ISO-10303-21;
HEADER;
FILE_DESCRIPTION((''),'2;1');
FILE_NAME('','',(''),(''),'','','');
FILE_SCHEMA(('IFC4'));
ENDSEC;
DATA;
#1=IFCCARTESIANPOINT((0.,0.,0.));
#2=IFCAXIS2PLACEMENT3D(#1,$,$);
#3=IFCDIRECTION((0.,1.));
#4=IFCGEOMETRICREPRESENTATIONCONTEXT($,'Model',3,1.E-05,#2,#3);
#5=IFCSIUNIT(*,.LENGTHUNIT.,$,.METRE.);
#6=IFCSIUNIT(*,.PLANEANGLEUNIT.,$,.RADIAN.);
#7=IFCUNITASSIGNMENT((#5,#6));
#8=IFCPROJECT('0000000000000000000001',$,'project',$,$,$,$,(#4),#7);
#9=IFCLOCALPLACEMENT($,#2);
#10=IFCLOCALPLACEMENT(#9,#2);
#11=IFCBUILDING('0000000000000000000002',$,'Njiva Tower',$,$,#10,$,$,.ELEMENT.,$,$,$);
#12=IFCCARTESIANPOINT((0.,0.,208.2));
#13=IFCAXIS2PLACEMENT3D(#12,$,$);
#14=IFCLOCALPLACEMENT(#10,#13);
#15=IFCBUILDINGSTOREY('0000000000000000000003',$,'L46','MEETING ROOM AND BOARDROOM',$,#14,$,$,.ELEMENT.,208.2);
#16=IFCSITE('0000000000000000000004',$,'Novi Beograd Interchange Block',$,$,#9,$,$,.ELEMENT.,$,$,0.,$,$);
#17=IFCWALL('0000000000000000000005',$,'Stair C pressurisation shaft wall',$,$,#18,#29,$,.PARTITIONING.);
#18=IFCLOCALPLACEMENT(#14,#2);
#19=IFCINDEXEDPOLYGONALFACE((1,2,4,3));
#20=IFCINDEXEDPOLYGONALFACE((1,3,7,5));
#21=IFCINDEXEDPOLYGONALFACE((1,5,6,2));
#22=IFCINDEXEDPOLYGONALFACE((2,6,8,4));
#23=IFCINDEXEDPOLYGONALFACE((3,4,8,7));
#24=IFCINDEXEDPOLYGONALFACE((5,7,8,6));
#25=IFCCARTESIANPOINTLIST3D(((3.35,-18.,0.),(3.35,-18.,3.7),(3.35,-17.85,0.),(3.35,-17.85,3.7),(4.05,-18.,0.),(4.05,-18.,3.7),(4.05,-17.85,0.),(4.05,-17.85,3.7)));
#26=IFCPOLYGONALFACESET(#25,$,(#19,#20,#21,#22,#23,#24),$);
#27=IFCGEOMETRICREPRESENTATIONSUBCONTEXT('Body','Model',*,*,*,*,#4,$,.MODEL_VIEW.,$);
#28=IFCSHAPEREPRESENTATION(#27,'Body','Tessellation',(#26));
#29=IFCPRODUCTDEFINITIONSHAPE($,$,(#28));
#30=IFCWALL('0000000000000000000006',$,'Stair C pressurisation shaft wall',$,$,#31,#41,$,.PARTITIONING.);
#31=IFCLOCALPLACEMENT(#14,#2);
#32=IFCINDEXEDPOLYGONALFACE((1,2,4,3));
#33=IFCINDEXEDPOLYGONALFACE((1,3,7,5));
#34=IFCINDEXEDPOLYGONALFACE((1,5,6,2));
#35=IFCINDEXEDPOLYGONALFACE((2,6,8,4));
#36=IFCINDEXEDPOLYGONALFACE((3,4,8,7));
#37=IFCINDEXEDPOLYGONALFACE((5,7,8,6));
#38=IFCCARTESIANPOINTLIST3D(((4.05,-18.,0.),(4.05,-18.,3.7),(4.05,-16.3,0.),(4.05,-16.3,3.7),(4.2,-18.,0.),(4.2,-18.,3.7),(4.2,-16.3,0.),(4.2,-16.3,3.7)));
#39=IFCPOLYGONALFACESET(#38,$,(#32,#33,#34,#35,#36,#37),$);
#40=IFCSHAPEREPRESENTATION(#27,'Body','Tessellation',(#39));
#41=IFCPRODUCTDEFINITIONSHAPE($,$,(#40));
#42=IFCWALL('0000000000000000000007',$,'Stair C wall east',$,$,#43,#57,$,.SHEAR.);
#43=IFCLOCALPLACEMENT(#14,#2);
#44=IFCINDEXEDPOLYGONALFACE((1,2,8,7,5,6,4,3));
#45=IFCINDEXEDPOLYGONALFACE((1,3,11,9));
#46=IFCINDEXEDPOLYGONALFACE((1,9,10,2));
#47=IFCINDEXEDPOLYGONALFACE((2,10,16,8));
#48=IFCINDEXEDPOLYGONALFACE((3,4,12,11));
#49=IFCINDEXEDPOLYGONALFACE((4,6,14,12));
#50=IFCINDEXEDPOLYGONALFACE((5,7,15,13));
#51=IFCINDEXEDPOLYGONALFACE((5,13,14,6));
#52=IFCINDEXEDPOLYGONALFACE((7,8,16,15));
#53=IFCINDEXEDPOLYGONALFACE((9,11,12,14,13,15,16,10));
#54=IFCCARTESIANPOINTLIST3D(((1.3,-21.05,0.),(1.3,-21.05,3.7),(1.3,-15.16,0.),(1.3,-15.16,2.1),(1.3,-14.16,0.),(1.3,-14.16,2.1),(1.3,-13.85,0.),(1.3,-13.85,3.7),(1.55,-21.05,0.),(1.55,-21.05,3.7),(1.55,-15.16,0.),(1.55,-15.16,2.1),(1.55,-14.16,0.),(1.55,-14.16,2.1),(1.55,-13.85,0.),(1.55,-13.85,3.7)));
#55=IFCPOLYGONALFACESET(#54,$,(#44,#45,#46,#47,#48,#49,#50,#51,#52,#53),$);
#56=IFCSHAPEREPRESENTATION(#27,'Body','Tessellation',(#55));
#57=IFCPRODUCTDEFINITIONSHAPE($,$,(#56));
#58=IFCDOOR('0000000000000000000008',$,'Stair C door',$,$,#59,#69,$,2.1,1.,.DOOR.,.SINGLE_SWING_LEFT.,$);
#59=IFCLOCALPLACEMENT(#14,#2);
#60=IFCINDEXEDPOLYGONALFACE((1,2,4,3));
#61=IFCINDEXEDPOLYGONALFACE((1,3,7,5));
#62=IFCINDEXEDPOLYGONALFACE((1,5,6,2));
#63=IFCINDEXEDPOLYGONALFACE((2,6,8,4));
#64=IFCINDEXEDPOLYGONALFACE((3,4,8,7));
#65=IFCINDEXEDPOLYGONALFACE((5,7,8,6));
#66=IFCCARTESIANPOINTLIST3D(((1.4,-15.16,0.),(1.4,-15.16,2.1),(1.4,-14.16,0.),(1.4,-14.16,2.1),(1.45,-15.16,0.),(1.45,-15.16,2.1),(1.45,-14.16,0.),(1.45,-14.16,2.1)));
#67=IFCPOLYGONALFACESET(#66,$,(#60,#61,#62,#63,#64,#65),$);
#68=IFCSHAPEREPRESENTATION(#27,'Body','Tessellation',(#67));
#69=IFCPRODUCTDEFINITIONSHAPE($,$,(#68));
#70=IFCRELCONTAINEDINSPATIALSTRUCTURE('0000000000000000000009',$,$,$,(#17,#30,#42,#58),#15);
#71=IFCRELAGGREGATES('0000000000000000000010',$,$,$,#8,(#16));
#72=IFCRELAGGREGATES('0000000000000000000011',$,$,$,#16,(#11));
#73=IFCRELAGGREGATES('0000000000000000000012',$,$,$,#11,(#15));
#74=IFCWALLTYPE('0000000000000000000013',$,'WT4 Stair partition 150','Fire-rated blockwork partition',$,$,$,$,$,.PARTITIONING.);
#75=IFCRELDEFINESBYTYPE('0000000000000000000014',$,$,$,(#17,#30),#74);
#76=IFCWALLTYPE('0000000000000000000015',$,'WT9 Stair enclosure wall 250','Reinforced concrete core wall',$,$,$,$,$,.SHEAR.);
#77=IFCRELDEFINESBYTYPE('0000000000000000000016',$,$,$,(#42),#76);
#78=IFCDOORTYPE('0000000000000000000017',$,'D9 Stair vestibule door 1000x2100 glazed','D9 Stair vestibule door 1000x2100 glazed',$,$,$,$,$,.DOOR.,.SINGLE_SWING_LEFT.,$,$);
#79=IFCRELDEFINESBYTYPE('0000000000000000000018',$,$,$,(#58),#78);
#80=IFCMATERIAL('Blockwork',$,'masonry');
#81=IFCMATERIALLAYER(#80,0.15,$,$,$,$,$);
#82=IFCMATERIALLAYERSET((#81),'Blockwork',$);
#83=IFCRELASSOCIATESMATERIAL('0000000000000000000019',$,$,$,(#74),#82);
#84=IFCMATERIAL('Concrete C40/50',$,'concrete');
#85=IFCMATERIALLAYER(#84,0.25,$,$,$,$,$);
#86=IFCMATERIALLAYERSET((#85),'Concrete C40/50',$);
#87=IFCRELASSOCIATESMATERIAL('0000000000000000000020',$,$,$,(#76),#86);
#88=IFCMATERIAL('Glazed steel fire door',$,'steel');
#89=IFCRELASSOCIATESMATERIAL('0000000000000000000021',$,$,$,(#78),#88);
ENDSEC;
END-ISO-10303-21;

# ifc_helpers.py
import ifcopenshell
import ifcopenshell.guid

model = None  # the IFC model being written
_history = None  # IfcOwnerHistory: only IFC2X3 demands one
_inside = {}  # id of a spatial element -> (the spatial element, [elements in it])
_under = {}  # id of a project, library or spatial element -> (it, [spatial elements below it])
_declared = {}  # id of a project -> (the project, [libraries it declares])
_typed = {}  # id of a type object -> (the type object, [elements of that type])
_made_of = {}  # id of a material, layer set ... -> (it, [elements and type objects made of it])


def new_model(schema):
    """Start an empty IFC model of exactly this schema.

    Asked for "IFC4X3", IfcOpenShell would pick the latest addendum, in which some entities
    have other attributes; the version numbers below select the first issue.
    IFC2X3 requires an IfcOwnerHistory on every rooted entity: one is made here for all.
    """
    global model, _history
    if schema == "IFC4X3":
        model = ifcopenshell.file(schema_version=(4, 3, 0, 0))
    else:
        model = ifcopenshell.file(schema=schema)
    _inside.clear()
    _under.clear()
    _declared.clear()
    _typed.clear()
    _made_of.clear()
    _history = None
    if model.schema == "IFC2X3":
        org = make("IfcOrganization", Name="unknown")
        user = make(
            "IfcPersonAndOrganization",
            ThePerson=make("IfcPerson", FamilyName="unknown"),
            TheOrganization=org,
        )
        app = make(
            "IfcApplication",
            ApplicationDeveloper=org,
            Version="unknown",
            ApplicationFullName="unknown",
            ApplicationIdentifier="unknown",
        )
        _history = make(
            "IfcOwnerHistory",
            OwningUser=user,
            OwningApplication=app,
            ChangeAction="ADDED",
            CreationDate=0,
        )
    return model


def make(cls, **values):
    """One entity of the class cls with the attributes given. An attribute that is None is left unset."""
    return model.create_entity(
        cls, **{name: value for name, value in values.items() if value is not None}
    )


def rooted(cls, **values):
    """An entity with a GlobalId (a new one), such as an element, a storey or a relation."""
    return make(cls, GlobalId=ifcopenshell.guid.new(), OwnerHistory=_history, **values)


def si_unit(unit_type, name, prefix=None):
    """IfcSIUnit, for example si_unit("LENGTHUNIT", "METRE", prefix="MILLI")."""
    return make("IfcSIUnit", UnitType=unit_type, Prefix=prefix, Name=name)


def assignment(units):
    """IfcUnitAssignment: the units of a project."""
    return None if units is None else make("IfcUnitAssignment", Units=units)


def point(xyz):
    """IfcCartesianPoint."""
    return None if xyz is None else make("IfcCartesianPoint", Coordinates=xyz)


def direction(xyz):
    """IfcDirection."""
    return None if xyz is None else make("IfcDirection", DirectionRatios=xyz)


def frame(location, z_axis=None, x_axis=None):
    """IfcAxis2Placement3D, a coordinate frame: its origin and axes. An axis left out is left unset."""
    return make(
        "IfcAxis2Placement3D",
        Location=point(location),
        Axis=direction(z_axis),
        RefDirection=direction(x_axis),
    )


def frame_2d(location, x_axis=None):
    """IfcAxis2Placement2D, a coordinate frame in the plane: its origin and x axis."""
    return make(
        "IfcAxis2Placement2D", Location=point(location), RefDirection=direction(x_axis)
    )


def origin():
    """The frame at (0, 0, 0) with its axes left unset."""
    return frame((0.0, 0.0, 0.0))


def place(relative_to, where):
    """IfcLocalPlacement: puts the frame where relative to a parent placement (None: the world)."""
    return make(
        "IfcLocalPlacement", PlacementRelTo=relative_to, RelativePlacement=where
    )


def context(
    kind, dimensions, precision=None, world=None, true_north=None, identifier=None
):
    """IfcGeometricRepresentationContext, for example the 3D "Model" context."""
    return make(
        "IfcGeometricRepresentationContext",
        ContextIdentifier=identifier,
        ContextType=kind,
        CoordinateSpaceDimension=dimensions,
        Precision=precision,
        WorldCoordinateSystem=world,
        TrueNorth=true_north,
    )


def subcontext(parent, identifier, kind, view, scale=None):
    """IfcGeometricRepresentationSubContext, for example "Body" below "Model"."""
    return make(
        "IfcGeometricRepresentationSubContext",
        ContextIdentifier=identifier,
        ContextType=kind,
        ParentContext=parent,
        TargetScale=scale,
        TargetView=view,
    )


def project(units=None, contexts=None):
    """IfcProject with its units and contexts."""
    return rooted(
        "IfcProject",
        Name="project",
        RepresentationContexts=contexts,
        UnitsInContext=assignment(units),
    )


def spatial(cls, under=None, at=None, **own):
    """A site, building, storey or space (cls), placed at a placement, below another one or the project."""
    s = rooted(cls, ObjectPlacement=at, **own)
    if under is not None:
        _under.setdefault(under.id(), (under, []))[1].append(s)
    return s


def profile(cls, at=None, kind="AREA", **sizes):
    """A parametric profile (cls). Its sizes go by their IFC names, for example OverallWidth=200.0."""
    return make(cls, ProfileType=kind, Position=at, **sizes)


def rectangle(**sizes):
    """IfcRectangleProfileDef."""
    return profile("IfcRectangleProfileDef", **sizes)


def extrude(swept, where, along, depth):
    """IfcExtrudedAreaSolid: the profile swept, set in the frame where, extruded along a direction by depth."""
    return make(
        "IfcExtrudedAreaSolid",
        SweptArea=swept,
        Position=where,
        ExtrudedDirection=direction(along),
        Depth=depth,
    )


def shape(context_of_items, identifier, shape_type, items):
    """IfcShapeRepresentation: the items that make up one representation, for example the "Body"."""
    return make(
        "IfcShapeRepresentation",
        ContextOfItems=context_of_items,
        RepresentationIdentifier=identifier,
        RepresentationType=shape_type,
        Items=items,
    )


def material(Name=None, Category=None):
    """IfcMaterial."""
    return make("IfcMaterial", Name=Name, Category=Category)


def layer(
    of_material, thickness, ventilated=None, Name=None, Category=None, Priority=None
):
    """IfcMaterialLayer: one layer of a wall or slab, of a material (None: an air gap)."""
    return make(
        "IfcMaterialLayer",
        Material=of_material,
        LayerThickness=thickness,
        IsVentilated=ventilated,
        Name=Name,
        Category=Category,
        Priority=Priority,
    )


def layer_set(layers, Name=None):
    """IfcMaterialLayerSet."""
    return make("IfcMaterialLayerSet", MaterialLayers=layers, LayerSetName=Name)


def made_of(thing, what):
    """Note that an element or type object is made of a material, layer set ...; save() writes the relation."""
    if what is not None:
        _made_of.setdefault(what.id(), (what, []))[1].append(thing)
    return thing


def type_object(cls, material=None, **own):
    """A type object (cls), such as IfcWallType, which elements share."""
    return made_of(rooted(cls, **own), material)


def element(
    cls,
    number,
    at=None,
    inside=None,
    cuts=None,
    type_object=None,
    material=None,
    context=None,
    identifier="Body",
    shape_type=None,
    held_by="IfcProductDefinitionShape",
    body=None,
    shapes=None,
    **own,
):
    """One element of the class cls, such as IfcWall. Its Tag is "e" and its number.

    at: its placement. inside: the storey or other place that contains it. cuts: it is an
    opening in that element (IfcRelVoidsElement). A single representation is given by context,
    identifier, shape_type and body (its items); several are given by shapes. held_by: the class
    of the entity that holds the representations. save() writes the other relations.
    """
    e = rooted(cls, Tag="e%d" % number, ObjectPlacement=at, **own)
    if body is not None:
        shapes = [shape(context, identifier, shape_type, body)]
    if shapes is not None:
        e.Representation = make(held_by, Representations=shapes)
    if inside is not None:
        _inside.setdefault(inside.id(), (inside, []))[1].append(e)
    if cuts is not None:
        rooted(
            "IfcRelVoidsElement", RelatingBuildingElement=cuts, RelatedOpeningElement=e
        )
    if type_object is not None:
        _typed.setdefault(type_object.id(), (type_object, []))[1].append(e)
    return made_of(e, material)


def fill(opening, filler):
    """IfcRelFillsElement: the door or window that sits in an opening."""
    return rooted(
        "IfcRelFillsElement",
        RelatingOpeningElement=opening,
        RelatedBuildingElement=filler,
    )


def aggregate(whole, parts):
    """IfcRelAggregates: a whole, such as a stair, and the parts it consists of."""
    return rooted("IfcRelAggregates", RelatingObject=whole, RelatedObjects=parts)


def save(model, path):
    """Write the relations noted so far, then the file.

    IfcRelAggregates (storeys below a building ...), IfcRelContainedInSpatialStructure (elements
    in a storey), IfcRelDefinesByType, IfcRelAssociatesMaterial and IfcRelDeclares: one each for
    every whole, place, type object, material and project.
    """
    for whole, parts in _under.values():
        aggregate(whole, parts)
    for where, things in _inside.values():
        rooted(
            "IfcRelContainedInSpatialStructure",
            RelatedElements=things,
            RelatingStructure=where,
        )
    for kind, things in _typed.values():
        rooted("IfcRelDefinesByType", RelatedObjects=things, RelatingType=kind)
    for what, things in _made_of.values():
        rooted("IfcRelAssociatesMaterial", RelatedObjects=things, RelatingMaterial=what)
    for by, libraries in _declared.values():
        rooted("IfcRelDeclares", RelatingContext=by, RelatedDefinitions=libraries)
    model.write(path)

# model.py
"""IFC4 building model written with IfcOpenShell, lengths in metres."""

from ifc_helpers import new_model, si_unit, direction, frame, frame_2d, origin, place, context, subcontext, project, spatial, rectangle, extrude, material, layer, layer_set, type_object, element, fill, save


model = new_model("IFC4")

# Units and contexts
model_context = context("Model", 3, precision=1e-05, world=origin(), true_north=direction((0.0, 1.0)))
body_context = subcontext(model_context, "Body", "Model", "MODEL_VIEW")
ifc_project = project(units=[si_unit("LENGTHUNIT", "METRE"), si_unit("PLANEANGLEUNIT", "RADIAN")], contexts=[model_context])

# Site, building, storey
site_placement = place(None, origin())
site = spatial("IfcSite", under=ifc_project, at=site_placement, Name="Novi Beograd Interchange Block", CompositionType="ELEMENT", RefElevation=0.0)
building_placement = place(site_placement, origin())
building = spatial("IfcBuilding", under=site, at=building_placement, Name="Njiva Tower", CompositionType="ELEMENT")
storey_placement = place(building_placement, frame((0.0, 0.0, 208.2)))
storey = spatial("IfcBuildingStorey", under=building, at=storey_placement, Name="L46", Description="MEETING ROOM AND BOARDROOM", CompositionType="ELEMENT", Elevation=208.2)

# Walls
ifc_material_1 = material(Name="Blockwork", Category="masonry")
ifc_layer_1 = layer(ifc_material_1, 0.15)
ifc_layer_set_1 = layer_set([ifc_layer_1], Name="Blockwork")
wall_type_1 = type_object("IfcWallType", Name="WT4 Stair partition 150", Description="Fire-rated blockwork partition", PredefinedType="PARTITIONING", material=ifc_layer_set_1)
wall_1_placement = place(storey_placement, frame((3.35, -17.925, 0.0), z_axis=(0.0, 0.0, 1.0), x_axis=(1.0, 0.0, 0.0)))
element("IfcWall", 1, at=wall_1_placement, inside=storey, type_object=wall_type_1, Name="Stair C pressurisation shaft wall", PredefinedType="PARTITIONING", context=body_context, shape_type="SweptSolid", body=[
    extrude(rectangle(XDim=0.7, YDim=0.15, at=frame_2d((0.35, 0.0))), origin(), (0.0, 0.0, 1.0), 3.7),
])
wall_2_placement = place(storey_placement, frame((4.125, -18.0, 0.0), z_axis=(0.0, 0.0, 1.0), x_axis=(0.0, 1.0, 0.0)))
element("IfcWall", 2, at=wall_2_placement, inside=storey, type_object=wall_type_1, Name="Stair C pressurisation shaft wall", PredefinedType="PARTITIONING", context=body_context, shape_type="SweptSolid", body=[
    extrude(rectangle(XDim=1.7, YDim=0.15, at=frame_2d((0.85, 0.0))), origin(), (0.0, 0.0, 1.0), 3.7),
])

# Wall, opening, door
ifc_material_2 = material(Name="Concrete C40/50", Category="concrete")
ifc_layer_2 = layer(ifc_material_2, 0.25)
ifc_layer_set_2 = layer_set([ifc_layer_2], Name="Concrete C40/50")
wall_type_2 = type_object("IfcWallType", Name="WT9 Stair enclosure wall 250", Description="Reinforced concrete core wall", PredefinedType="SHEAR", material=ifc_layer_set_2)
wall_3_placement = place(storey_placement, frame((1.425, -21.05, 0.0), z_axis=(0.0, 0.0, 1.0), x_axis=(0.0, 1.0, 0.0)))
wall_3 = element("IfcWall", 3, at=wall_3_placement, inside=storey, type_object=wall_type_2, Name="Stair C wall east", PredefinedType="SHEAR", context=body_context, shape_type="SweptSolid", body=[
    extrude(rectangle(XDim=7.2, YDim=0.25, at=frame_2d((3.6, 0.0))), origin(), (0.0, 0.0, 1.0), 3.7),
])
opening_1_placement = place(wall_3_placement, frame((5.89, 0.0, 0.0)))
opening_1 = element("IfcOpeningElement", 4, at=opening_1_placement, cuts=wall_3, PredefinedType="OPENING", context=body_context, shape_type="SweptSolid", body=[
    extrude(rectangle(XDim=1.0, YDim=2.1, at=frame_2d((0.5, 1.05))), frame((0.0, 0.135, 0.0), z_axis=(0.0, -1.0, 0.0), x_axis=(1.0, 0.0, 0.0)), (0.0, 0.0, 1.0), 0.27),
])
ifc_material_3 = material(Name="Glazed steel fire door", Category="steel")
door_type = type_object("IfcDoorType", Name="D9 Stair vestibule door 1000x2100 glazed", Description="D9 Stair vestibule door 1000x2100 glazed", OperationType="SINGLE_SWING_LEFT", PredefinedType="DOOR", material=ifc_material_3)
door_placement = place(opening_1_placement, origin())
door = element("IfcDoor", 5, at=door_placement, inside=storey, type_object=door_type, Name="Stair C door", OperationType="SINGLE_SWING_LEFT", OverallHeight=2.1, OverallWidth=1.0, PredefinedType="DOOR", context=body_context, shape_type="SweptSolid", body=[
    extrude(rectangle(XDim=1.0, YDim=2.1, at=frame_2d((0.5, 1.05))), frame((0.0, 0.025, 0.0), z_axis=(0.0, -1.0, 0.0), x_axis=(1.0, 0.0, 0.0)), (0.0, 0.0, 1.0), 0.05),
])
fill(opening_1, door)

save(model, "model.ifc")
